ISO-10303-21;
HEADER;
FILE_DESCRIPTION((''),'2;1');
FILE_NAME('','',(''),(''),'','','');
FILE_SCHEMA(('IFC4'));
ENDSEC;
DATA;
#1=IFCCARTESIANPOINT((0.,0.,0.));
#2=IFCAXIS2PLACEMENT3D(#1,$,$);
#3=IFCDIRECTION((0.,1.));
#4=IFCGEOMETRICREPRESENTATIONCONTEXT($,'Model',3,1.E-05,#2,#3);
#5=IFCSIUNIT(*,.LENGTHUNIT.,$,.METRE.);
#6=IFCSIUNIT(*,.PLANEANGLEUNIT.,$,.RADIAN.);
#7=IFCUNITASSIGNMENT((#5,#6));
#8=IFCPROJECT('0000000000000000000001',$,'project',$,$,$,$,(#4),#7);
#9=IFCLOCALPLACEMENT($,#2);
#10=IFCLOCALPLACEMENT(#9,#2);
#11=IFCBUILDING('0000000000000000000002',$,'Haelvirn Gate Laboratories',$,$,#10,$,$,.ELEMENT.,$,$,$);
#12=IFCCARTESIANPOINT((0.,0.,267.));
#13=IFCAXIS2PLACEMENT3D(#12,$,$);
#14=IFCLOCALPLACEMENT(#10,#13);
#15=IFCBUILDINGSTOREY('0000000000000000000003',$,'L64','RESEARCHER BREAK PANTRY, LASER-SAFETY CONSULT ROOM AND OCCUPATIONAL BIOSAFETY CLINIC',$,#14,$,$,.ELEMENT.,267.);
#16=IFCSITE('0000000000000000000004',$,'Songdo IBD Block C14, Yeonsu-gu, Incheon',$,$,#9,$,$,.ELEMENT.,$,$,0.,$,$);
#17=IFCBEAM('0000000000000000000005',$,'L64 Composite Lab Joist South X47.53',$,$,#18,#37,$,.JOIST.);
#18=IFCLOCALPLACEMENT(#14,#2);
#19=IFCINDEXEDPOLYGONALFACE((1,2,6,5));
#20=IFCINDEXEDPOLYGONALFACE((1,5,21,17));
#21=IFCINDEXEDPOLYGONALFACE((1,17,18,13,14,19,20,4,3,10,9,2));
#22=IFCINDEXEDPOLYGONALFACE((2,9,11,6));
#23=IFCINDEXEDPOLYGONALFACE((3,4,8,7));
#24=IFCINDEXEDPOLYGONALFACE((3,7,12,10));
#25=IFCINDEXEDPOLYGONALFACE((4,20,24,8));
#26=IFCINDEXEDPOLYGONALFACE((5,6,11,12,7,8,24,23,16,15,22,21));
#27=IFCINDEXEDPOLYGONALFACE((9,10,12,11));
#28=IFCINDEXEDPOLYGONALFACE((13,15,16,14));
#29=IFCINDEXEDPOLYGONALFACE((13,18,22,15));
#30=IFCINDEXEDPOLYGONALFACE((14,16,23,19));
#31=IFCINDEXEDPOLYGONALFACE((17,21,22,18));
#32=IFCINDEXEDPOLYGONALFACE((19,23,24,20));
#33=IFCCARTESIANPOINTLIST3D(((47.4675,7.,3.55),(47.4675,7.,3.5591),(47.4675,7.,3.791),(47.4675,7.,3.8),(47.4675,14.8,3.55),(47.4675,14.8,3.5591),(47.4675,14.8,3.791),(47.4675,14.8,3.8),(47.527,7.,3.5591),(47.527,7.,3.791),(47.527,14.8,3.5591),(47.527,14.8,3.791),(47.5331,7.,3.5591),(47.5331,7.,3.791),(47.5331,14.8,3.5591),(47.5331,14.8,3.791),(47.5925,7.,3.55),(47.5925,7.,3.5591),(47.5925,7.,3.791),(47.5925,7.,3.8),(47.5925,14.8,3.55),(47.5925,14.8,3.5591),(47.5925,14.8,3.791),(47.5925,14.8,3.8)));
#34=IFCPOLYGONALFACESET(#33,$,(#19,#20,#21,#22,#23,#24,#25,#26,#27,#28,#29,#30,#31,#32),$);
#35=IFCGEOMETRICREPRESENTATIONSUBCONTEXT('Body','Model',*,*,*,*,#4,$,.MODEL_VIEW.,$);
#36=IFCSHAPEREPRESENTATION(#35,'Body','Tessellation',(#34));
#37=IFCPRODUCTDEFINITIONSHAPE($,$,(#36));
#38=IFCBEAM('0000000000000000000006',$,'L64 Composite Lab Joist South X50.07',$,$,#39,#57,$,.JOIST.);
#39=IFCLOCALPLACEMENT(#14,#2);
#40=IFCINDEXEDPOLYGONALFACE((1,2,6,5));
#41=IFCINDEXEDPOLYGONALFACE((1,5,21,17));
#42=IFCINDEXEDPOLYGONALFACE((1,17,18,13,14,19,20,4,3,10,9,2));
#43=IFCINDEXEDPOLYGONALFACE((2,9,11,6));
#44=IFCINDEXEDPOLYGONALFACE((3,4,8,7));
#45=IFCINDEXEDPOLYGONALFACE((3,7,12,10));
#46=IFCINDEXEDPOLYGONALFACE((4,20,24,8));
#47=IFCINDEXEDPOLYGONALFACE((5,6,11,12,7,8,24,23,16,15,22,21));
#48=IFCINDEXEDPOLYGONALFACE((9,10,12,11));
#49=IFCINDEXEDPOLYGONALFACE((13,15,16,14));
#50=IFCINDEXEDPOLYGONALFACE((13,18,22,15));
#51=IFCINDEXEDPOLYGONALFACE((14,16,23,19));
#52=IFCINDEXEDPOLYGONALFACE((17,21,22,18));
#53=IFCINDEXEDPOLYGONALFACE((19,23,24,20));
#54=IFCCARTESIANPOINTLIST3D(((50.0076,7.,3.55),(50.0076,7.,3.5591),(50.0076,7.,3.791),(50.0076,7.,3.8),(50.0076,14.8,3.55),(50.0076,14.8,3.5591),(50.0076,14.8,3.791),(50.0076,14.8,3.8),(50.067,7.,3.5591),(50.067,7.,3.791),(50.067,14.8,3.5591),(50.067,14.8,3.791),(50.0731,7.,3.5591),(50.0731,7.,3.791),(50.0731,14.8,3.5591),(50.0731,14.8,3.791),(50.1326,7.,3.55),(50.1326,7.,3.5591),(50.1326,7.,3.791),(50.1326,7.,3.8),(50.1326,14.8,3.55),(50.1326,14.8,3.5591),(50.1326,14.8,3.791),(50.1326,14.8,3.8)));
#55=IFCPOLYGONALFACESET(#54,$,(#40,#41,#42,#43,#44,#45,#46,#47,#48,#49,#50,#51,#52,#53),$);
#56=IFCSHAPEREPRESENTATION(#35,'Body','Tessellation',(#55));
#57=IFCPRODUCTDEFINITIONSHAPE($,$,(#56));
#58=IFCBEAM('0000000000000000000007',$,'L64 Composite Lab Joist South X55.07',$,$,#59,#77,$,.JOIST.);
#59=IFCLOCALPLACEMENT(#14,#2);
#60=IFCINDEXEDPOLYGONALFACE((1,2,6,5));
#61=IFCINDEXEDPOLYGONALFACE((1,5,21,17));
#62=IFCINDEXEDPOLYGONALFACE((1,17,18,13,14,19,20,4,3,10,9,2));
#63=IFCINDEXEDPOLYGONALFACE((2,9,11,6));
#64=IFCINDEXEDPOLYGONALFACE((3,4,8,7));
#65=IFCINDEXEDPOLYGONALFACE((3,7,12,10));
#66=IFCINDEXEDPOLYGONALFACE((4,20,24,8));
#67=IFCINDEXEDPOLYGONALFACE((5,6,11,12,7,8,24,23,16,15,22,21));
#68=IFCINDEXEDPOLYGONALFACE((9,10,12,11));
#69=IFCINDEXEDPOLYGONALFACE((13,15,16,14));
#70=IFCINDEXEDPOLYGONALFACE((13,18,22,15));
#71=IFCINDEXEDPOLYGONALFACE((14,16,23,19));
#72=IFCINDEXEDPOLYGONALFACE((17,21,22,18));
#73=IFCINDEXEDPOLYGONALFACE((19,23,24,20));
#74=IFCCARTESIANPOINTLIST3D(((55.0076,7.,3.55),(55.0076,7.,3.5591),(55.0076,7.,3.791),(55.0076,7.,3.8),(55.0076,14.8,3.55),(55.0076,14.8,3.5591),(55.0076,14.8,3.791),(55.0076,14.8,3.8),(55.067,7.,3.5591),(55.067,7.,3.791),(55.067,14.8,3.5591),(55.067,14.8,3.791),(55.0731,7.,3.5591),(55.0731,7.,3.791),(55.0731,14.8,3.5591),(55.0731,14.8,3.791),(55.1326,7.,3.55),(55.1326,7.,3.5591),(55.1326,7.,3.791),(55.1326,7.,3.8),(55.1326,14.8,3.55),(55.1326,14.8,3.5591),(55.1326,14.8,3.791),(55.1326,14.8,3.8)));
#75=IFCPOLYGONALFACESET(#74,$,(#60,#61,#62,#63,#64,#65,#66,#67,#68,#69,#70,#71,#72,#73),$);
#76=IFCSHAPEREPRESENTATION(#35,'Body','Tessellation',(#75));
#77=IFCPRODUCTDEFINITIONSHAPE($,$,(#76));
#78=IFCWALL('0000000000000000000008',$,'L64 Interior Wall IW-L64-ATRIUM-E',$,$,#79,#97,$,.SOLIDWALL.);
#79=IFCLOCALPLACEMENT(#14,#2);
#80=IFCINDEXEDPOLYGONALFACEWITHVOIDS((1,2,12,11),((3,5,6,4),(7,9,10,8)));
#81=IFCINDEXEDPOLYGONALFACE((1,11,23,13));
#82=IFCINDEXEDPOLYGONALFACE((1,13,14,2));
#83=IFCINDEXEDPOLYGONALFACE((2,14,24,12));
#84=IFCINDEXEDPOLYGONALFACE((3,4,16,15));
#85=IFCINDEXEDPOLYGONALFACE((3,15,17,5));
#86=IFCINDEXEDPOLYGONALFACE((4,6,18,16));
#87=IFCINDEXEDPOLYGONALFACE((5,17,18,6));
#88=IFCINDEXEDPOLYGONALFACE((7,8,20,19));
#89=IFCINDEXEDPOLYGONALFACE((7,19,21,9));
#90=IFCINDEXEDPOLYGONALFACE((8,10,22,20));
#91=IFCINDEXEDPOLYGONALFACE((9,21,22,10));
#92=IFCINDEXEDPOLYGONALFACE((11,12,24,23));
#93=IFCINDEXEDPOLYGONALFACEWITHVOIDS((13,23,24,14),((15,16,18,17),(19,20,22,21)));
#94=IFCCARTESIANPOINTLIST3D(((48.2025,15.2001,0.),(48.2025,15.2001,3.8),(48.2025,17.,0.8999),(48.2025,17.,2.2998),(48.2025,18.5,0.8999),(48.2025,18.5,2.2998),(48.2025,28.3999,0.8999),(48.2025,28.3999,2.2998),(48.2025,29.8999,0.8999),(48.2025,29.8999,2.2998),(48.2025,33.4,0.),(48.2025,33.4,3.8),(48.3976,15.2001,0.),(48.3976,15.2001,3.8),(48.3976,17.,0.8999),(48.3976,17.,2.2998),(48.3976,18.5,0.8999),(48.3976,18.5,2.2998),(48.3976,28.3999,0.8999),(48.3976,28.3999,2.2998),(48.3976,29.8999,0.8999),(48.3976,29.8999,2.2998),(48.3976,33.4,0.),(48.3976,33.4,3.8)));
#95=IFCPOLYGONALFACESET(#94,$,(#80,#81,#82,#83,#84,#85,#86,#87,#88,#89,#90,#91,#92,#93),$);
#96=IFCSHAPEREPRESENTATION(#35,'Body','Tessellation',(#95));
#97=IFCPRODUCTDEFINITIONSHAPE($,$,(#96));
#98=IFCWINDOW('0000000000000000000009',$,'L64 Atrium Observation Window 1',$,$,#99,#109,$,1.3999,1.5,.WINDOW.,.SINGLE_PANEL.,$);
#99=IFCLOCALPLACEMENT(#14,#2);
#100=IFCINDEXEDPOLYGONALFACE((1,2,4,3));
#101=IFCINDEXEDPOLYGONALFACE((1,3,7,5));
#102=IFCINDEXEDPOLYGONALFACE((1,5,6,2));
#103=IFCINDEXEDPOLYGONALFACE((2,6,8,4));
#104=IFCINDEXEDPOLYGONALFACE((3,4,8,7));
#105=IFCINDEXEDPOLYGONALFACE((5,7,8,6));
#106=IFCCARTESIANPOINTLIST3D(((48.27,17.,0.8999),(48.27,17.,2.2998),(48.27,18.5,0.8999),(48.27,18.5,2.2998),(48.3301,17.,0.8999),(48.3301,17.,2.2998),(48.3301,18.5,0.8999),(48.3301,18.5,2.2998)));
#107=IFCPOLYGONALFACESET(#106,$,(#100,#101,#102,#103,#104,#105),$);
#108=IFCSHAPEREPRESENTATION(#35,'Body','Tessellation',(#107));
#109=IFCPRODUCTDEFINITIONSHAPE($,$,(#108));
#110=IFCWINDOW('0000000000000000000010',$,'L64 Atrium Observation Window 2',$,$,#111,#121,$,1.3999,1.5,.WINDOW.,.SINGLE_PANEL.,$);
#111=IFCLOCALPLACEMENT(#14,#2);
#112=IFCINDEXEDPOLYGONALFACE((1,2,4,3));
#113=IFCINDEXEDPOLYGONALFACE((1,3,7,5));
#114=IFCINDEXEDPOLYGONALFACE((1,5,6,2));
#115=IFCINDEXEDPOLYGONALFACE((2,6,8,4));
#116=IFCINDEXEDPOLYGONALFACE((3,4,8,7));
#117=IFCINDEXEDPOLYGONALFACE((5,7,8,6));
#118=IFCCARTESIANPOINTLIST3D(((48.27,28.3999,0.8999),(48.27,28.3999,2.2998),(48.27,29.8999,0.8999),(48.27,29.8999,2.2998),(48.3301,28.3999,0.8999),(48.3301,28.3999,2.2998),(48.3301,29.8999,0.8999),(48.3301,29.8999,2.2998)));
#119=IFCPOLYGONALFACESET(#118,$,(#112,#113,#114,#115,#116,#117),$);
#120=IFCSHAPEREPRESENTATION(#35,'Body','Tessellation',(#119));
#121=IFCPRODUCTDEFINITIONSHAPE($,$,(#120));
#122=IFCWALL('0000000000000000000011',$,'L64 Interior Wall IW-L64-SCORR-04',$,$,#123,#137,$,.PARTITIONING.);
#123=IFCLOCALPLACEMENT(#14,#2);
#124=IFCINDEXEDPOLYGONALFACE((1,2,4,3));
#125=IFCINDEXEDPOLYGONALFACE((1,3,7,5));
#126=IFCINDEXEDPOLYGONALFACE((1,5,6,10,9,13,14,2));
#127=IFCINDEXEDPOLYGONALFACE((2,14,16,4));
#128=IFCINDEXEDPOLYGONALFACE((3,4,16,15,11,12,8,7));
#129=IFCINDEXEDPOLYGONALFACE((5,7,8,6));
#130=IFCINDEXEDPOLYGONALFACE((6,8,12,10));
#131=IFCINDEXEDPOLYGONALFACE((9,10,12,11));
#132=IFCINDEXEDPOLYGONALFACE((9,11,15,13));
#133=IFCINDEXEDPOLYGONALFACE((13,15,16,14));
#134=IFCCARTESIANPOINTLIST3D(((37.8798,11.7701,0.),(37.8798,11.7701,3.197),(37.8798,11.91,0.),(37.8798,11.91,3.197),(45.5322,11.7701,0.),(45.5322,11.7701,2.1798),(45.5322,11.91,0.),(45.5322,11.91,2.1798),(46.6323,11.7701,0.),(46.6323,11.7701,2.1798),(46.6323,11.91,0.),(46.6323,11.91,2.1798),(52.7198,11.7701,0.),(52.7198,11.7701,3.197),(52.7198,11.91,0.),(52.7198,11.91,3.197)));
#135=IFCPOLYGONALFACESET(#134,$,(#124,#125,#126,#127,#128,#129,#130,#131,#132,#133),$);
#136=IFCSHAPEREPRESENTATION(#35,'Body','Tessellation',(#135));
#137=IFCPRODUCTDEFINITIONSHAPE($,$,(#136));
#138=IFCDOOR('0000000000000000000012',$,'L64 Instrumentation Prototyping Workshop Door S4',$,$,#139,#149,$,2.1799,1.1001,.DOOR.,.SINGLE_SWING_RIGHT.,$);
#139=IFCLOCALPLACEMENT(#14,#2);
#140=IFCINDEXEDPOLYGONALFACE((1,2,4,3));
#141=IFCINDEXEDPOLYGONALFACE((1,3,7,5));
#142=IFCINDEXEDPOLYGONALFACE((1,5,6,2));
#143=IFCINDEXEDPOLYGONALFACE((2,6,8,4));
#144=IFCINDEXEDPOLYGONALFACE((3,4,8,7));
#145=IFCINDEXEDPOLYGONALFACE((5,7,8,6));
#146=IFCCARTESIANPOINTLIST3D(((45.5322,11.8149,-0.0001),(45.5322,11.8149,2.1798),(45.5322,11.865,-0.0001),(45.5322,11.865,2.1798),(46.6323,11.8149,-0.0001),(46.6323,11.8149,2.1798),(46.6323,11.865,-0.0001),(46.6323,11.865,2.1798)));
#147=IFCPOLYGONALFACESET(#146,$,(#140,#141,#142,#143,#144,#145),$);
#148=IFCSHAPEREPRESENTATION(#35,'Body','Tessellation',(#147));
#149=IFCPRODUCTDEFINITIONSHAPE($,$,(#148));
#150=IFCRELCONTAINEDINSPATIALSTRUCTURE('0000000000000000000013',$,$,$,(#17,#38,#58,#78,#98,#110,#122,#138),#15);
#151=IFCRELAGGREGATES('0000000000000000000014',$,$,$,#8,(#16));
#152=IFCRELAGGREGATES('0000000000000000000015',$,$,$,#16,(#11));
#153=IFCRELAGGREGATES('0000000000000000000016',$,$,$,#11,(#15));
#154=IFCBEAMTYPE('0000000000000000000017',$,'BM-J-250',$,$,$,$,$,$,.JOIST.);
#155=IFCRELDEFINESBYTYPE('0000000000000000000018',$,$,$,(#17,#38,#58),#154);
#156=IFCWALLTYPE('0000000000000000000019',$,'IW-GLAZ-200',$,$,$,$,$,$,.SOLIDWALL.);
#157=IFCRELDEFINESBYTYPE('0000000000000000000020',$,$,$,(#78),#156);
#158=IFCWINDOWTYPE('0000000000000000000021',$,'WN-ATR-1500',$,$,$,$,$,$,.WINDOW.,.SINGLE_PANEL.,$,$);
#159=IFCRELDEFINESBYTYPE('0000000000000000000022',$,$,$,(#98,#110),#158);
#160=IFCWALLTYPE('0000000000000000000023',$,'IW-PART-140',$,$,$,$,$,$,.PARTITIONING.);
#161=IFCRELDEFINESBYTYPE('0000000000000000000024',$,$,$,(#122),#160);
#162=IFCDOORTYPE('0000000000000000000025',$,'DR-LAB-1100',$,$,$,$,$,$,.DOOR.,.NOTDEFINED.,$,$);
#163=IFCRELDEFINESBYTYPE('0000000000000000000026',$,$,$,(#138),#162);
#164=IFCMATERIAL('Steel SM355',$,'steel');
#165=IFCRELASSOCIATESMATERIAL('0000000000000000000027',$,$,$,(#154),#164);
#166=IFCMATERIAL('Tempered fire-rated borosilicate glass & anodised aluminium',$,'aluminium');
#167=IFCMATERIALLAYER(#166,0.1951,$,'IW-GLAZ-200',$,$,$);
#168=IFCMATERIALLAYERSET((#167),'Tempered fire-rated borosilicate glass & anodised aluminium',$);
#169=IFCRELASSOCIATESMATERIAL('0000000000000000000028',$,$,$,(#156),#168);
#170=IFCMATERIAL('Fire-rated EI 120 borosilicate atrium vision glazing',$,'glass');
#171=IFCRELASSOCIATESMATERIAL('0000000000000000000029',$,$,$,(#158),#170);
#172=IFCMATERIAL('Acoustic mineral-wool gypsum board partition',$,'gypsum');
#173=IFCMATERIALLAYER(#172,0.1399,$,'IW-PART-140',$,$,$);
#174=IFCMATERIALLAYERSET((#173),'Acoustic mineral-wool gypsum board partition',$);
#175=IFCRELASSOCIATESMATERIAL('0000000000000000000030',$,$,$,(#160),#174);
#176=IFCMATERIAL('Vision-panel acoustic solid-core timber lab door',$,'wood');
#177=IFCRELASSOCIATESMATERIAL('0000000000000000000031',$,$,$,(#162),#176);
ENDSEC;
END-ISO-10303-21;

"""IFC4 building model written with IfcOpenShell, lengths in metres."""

from ifc_helpers import new_model, si_unit, direction, frame, frame_2d, origin, origin_2d, place, context, subcontext, project, spatial, rectangle, i_section, extrude, source, transform, mapped, material, layer, layer_set, material_profile, profile_set, type_object, type_shapes, element, fill, save


model = new_model("IFC4")

# Units and contexts
model_context = context("Model", 3, precision=1e-05, world=origin(), true_north=direction((0.0, 1.0)))
body_context = subcontext(model_context, "Body", "Model", "MODEL_VIEW")
ifc_project = project(units=[si_unit("LENGTHUNIT", "METRE"), si_unit("PLANEANGLEUNIT", "RADIAN")], contexts=[model_context])

# Site, building, storey
site_placement = place(None, origin())
site = spatial("IfcSite", under=ifc_project, at=site_placement, Name="Songdo IBD Block C14, Yeonsu-gu, Incheon", CompositionType="ELEMENT", RefElevation=0.0)
building_placement = place(site_placement, origin())
building = spatial("IfcBuilding", under=site, at=building_placement, Name="Haelvirn Gate Laboratories", CompositionType="ELEMENT")
storey_placement = place(building_placement, frame((0.0, 0.0, 267.0)))
storey = spatial("IfcBuildingStorey", under=building, at=storey_placement, Name="L64", Description="RESEARCHER BREAK PANTRY, LASER-SAFETY CONSULT ROOM AND OCCUPATIONAL BIOSAFETY CLINIC", CompositionType="ELEMENT", Elevation=267.0)

# Shared definitions
ifc_material_1 = material(Name="Steel SM355", Category="steel")

# Beams
ifc_material_profile_1 = material_profile(ifc_material_1, i_section(OverallWidth=0.125, OverallDepth=0.25, WebThickness=0.0061, FlangeThickness=0.009, at=origin_2d()), Name="H-250x125x6x9")
ifc_profile_set_1 = profile_set([ifc_material_profile_1], Name="Steel SM355")
beam_type_1 = type_object("IfcBeamType", Name="BM-J-250", PredefinedType="JOIST", material=ifc_profile_set_1)
shared_shape_1 = source(origin(), body_context, "Body", "SweptSolid", [
    extrude(i_section(OverallWidth=0.125, OverallDepth=0.25, WebThickness=0.0061, FlangeThickness=0.009, at=origin_2d()), origin(), (0.0, 0.0, 1.0), 7.8),
])
type_shapes(beam_type_1, [shared_shape_1])
for number, where, z_axis, x_axis, name in (
    (1, (47.53, 7.0, 3.675), (0.0, 1.0, 0.0), (-1.0, 0.0, 0.0), "L64 Composite Lab Joist South X47.53"),
    (2, (50.0701, 7.0, 3.675), (0.0, 1.0, 0.0), (-1.0, 0.0, 0.0), "L64 Composite Lab Joist South X50.07"),
    (3, (55.0701, 7.0, 3.675), (0.0, 1.0, 0.0), (-1.0, 0.0, 0.0), "L64 Composite Lab Joist South X55.07"),
):
    element("IfcBeam", number, at=place(storey_placement, frame(where, z_axis=z_axis, x_axis=x_axis)), inside=storey, type_object=beam_type_1, Name=name, PredefinedType="JOIST", context=body_context, shape_type="MappedRepresentation", body=[
        mapped(shared_shape_1, transform((0.0, 0.0, 0.0), scale=1.0)),
    ])

# Wall, openings, windows
ifc_material_2 = material(Name="Tempered fire-rated borosilicate glass & anodised aluminium", Category="aluminium")
ifc_layer_1 = layer(ifc_material_2, 0.1951, Name="IW-GLAZ-200")
ifc_layer_set_1 = layer_set([ifc_layer_1], Name="Tempered fire-rated borosilicate glass & anodised aluminium")
wall_type_1 = type_object("IfcWallType", Name="IW-GLAZ-200", PredefinedType="SOLIDWALL", material=ifc_layer_set_1)
wall_1_placement = place(storey_placement, frame((48.3, 15.2, 0.0), z_axis=(0.0, 0.0, 1.0), x_axis=(0.0, 1.0, 0.0)))
wall_1 = element("IfcWall", 4, at=wall_1_placement, inside=storey, type_object=wall_type_1, Name="L64 Interior Wall IW-L64-ATRIUM-E", PredefinedType="SOLIDWALL", context=body_context, shape_type="SweptSolid", body=[
    extrude(rectangle(XDim=18.2, YDim=0.1951, at=frame_2d((9.1001, 0.0))), origin(), (0.0, 0.0, 1.0), 3.8),
])
opening_1_placement = place(wall_1_placement, frame((1.8, 0.0, 0.8999)))
opening_1 = element("IfcOpeningElement", 5, at=opening_1_placement, cuts=wall_1, PredefinedType="OPENING", context=body_context, shape_type="SweptSolid", body=[
    extrude(rectangle(XDim=1.5, YDim=1.3999, at=frame_2d((0.75, 0.7))), frame((0.0, 0.1074, 0.0), z_axis=(0.0, -1.0, 0.0), x_axis=(1.0, 0.0, 0.0)), (0.0, 0.0, 1.0), 0.2151),
])
opening_2_placement = place(wall_1_placement, frame((13.2, 0.0, 0.8999)))
opening_2 = element("IfcOpeningElement", 6, at=opening_2_placement, cuts=wall_1, PredefinedType="OPENING", context=body_context, shape_type="SweptSolid", body=[
    extrude(rectangle(XDim=1.5, YDim=1.3999, at=frame_2d((0.75, 0.7))), frame((0.0, 0.1074, 0.0), z_axis=(0.0, -1.0, 0.0), x_axis=(1.0, 0.0, 0.0)), (0.0, 0.0, 1.0), 0.2151),
])
ifc_material_3 = material(Name="Fire-rated EI 120 borosilicate atrium vision glazing", Category="glass")
window_type = type_object("IfcWindowType", Name="WN-ATR-1500", PartitioningType="SINGLE_PANEL", PredefinedType="WINDOW", material=ifc_material_3)
shared_shape_2 = source(origin(), body_context, "Body", "SweptSolid", [
    extrude(rectangle(XDim=1.5, YDim=1.3999, at=frame_2d((0.75, 0.7))), frame((0.0, 0.03, 0.0), z_axis=(0.0, -1.0, 0.0), x_axis=(1.0, 0.0, 0.0)), (0.0, 0.0, 1.0), 0.0601),
])
type_shapes(window_type, [shared_shape_2])
window_1_placement = place(opening_1_placement, origin())
window_1 = element("IfcWindow", 7, at=window_1_placement, inside=storey, type_object=window_type, Name="L64 Atrium Observation Window 1", OverallHeight=1.3999, OverallWidth=1.5, PartitioningType="SINGLE_PANEL", PredefinedType="WINDOW", context=body_context, shape_type="MappedRepresentation", body=[
    mapped(shared_shape_2, transform((0.0, 0.0, 0.0), scale=1.0)),
])
fill(opening_1, window_1)
window_2_placement = place(opening_2_placement, origin())
window_2 = element("IfcWindow", 8, at=window_2_placement, inside=storey, type_object=window_type, Name="L64 Atrium Observation Window 2", OverallHeight=1.3999, OverallWidth=1.5, PartitioningType="SINGLE_PANEL", PredefinedType="WINDOW", context=body_context, shape_type="MappedRepresentation", body=[
    mapped(shared_shape_2, transform((0.0, 0.0, 0.0), scale=1.0)),
])
fill(opening_2, window_2)

# Wall, opening, door
ifc_material_4 = material(Name="Acoustic mineral-wool gypsum board partition", Category="gypsum")
ifc_layer_2 = layer(ifc_material_4, 0.1399, Name="IW-PART-140")
ifc_layer_set_2 = layer_set([ifc_layer_2], Name="Acoustic mineral-wool gypsum board partition")
wall_type_2 = type_object("IfcWallType", Name="IW-PART-140", PredefinedType="PARTITIONING", material=ifc_layer_set_2)
wall_2_placement = place(storey_placement, frame((37.8799, 11.8401, 0.0), z_axis=(0.0, 0.0, 1.0), x_axis=(1.0, 0.0, 0.0)))
wall_2 = element("IfcWall", 9, at=wall_2_placement, inside=storey, type_object=wall_type_2, Name="L64 Interior Wall IW-L64-SCORR-04", PredefinedType="PARTITIONING", context=body_context, shape_type="SweptSolid", body=[
    extrude(rectangle(XDim=14.8401, YDim=0.1399, at=frame_2d((7.4199, 0.0))), origin(), (0.0, 0.0, 1.0), 3.197),
])
opening_3_placement = place(wall_2_placement, frame((7.6523, 0.0, 0.0)))
opening_3 = element("IfcOpeningElement", 10, at=opening_3_placement, cuts=wall_2, PredefinedType="OPENING", context=body_context, shape_type="SweptSolid", body=[
    extrude(rectangle(XDim=1.1001, YDim=2.1799, at=frame_2d((0.55, 1.0898))), frame((0.0, 0.0801, 0.0), z_axis=(0.0, -1.0, 0.0), x_axis=(1.0, 0.0, 0.0)), (0.0, 0.0, 1.0), 0.1599),
])
ifc_material_5 = material(Name="Vision-panel acoustic solid-core timber lab door", Category="wood")
door_type_1 = type_object("IfcDoorType", Name="DR-LAB-1100", OperationType="NOTDEFINED", PredefinedType="DOOR", material=ifc_material_5)
shared_shape_3 = source(origin(), body_context, "Body", "SweptSolid", [
    extrude(rectangle(XDim=1.1001, YDim=2.1799, at=frame_2d((0.55, 1.0898))), frame((0.0, 0.0249, 0.0), z_axis=(0.0, -1.0, 0.0), x_axis=(1.0, 0.0, 0.0)), (0.0, 0.0, 1.0), 0.05),
])
type_shapes(door_type_1, [shared_shape_3])
door_1_placement = place(opening_3_placement, origin())
door_1 = element("IfcDoor", 11, at=door_1_placement, inside=storey, type_object=door_type_1, Name="L64 Instrumentation Prototyping Workshop Door S4", OperationType="SINGLE_SWING_RIGHT", OverallHeight=2.1799, OverallWidth=1.1001, PredefinedType="DOOR", context=body_context, shape_type="MappedRepresentation", body=[
    mapped(shared_shape_3, transform((0.0, 0.0, 0.0), scale=1.0)),
])
fill(opening_3, door_1)

save(model, "model.ifc")
